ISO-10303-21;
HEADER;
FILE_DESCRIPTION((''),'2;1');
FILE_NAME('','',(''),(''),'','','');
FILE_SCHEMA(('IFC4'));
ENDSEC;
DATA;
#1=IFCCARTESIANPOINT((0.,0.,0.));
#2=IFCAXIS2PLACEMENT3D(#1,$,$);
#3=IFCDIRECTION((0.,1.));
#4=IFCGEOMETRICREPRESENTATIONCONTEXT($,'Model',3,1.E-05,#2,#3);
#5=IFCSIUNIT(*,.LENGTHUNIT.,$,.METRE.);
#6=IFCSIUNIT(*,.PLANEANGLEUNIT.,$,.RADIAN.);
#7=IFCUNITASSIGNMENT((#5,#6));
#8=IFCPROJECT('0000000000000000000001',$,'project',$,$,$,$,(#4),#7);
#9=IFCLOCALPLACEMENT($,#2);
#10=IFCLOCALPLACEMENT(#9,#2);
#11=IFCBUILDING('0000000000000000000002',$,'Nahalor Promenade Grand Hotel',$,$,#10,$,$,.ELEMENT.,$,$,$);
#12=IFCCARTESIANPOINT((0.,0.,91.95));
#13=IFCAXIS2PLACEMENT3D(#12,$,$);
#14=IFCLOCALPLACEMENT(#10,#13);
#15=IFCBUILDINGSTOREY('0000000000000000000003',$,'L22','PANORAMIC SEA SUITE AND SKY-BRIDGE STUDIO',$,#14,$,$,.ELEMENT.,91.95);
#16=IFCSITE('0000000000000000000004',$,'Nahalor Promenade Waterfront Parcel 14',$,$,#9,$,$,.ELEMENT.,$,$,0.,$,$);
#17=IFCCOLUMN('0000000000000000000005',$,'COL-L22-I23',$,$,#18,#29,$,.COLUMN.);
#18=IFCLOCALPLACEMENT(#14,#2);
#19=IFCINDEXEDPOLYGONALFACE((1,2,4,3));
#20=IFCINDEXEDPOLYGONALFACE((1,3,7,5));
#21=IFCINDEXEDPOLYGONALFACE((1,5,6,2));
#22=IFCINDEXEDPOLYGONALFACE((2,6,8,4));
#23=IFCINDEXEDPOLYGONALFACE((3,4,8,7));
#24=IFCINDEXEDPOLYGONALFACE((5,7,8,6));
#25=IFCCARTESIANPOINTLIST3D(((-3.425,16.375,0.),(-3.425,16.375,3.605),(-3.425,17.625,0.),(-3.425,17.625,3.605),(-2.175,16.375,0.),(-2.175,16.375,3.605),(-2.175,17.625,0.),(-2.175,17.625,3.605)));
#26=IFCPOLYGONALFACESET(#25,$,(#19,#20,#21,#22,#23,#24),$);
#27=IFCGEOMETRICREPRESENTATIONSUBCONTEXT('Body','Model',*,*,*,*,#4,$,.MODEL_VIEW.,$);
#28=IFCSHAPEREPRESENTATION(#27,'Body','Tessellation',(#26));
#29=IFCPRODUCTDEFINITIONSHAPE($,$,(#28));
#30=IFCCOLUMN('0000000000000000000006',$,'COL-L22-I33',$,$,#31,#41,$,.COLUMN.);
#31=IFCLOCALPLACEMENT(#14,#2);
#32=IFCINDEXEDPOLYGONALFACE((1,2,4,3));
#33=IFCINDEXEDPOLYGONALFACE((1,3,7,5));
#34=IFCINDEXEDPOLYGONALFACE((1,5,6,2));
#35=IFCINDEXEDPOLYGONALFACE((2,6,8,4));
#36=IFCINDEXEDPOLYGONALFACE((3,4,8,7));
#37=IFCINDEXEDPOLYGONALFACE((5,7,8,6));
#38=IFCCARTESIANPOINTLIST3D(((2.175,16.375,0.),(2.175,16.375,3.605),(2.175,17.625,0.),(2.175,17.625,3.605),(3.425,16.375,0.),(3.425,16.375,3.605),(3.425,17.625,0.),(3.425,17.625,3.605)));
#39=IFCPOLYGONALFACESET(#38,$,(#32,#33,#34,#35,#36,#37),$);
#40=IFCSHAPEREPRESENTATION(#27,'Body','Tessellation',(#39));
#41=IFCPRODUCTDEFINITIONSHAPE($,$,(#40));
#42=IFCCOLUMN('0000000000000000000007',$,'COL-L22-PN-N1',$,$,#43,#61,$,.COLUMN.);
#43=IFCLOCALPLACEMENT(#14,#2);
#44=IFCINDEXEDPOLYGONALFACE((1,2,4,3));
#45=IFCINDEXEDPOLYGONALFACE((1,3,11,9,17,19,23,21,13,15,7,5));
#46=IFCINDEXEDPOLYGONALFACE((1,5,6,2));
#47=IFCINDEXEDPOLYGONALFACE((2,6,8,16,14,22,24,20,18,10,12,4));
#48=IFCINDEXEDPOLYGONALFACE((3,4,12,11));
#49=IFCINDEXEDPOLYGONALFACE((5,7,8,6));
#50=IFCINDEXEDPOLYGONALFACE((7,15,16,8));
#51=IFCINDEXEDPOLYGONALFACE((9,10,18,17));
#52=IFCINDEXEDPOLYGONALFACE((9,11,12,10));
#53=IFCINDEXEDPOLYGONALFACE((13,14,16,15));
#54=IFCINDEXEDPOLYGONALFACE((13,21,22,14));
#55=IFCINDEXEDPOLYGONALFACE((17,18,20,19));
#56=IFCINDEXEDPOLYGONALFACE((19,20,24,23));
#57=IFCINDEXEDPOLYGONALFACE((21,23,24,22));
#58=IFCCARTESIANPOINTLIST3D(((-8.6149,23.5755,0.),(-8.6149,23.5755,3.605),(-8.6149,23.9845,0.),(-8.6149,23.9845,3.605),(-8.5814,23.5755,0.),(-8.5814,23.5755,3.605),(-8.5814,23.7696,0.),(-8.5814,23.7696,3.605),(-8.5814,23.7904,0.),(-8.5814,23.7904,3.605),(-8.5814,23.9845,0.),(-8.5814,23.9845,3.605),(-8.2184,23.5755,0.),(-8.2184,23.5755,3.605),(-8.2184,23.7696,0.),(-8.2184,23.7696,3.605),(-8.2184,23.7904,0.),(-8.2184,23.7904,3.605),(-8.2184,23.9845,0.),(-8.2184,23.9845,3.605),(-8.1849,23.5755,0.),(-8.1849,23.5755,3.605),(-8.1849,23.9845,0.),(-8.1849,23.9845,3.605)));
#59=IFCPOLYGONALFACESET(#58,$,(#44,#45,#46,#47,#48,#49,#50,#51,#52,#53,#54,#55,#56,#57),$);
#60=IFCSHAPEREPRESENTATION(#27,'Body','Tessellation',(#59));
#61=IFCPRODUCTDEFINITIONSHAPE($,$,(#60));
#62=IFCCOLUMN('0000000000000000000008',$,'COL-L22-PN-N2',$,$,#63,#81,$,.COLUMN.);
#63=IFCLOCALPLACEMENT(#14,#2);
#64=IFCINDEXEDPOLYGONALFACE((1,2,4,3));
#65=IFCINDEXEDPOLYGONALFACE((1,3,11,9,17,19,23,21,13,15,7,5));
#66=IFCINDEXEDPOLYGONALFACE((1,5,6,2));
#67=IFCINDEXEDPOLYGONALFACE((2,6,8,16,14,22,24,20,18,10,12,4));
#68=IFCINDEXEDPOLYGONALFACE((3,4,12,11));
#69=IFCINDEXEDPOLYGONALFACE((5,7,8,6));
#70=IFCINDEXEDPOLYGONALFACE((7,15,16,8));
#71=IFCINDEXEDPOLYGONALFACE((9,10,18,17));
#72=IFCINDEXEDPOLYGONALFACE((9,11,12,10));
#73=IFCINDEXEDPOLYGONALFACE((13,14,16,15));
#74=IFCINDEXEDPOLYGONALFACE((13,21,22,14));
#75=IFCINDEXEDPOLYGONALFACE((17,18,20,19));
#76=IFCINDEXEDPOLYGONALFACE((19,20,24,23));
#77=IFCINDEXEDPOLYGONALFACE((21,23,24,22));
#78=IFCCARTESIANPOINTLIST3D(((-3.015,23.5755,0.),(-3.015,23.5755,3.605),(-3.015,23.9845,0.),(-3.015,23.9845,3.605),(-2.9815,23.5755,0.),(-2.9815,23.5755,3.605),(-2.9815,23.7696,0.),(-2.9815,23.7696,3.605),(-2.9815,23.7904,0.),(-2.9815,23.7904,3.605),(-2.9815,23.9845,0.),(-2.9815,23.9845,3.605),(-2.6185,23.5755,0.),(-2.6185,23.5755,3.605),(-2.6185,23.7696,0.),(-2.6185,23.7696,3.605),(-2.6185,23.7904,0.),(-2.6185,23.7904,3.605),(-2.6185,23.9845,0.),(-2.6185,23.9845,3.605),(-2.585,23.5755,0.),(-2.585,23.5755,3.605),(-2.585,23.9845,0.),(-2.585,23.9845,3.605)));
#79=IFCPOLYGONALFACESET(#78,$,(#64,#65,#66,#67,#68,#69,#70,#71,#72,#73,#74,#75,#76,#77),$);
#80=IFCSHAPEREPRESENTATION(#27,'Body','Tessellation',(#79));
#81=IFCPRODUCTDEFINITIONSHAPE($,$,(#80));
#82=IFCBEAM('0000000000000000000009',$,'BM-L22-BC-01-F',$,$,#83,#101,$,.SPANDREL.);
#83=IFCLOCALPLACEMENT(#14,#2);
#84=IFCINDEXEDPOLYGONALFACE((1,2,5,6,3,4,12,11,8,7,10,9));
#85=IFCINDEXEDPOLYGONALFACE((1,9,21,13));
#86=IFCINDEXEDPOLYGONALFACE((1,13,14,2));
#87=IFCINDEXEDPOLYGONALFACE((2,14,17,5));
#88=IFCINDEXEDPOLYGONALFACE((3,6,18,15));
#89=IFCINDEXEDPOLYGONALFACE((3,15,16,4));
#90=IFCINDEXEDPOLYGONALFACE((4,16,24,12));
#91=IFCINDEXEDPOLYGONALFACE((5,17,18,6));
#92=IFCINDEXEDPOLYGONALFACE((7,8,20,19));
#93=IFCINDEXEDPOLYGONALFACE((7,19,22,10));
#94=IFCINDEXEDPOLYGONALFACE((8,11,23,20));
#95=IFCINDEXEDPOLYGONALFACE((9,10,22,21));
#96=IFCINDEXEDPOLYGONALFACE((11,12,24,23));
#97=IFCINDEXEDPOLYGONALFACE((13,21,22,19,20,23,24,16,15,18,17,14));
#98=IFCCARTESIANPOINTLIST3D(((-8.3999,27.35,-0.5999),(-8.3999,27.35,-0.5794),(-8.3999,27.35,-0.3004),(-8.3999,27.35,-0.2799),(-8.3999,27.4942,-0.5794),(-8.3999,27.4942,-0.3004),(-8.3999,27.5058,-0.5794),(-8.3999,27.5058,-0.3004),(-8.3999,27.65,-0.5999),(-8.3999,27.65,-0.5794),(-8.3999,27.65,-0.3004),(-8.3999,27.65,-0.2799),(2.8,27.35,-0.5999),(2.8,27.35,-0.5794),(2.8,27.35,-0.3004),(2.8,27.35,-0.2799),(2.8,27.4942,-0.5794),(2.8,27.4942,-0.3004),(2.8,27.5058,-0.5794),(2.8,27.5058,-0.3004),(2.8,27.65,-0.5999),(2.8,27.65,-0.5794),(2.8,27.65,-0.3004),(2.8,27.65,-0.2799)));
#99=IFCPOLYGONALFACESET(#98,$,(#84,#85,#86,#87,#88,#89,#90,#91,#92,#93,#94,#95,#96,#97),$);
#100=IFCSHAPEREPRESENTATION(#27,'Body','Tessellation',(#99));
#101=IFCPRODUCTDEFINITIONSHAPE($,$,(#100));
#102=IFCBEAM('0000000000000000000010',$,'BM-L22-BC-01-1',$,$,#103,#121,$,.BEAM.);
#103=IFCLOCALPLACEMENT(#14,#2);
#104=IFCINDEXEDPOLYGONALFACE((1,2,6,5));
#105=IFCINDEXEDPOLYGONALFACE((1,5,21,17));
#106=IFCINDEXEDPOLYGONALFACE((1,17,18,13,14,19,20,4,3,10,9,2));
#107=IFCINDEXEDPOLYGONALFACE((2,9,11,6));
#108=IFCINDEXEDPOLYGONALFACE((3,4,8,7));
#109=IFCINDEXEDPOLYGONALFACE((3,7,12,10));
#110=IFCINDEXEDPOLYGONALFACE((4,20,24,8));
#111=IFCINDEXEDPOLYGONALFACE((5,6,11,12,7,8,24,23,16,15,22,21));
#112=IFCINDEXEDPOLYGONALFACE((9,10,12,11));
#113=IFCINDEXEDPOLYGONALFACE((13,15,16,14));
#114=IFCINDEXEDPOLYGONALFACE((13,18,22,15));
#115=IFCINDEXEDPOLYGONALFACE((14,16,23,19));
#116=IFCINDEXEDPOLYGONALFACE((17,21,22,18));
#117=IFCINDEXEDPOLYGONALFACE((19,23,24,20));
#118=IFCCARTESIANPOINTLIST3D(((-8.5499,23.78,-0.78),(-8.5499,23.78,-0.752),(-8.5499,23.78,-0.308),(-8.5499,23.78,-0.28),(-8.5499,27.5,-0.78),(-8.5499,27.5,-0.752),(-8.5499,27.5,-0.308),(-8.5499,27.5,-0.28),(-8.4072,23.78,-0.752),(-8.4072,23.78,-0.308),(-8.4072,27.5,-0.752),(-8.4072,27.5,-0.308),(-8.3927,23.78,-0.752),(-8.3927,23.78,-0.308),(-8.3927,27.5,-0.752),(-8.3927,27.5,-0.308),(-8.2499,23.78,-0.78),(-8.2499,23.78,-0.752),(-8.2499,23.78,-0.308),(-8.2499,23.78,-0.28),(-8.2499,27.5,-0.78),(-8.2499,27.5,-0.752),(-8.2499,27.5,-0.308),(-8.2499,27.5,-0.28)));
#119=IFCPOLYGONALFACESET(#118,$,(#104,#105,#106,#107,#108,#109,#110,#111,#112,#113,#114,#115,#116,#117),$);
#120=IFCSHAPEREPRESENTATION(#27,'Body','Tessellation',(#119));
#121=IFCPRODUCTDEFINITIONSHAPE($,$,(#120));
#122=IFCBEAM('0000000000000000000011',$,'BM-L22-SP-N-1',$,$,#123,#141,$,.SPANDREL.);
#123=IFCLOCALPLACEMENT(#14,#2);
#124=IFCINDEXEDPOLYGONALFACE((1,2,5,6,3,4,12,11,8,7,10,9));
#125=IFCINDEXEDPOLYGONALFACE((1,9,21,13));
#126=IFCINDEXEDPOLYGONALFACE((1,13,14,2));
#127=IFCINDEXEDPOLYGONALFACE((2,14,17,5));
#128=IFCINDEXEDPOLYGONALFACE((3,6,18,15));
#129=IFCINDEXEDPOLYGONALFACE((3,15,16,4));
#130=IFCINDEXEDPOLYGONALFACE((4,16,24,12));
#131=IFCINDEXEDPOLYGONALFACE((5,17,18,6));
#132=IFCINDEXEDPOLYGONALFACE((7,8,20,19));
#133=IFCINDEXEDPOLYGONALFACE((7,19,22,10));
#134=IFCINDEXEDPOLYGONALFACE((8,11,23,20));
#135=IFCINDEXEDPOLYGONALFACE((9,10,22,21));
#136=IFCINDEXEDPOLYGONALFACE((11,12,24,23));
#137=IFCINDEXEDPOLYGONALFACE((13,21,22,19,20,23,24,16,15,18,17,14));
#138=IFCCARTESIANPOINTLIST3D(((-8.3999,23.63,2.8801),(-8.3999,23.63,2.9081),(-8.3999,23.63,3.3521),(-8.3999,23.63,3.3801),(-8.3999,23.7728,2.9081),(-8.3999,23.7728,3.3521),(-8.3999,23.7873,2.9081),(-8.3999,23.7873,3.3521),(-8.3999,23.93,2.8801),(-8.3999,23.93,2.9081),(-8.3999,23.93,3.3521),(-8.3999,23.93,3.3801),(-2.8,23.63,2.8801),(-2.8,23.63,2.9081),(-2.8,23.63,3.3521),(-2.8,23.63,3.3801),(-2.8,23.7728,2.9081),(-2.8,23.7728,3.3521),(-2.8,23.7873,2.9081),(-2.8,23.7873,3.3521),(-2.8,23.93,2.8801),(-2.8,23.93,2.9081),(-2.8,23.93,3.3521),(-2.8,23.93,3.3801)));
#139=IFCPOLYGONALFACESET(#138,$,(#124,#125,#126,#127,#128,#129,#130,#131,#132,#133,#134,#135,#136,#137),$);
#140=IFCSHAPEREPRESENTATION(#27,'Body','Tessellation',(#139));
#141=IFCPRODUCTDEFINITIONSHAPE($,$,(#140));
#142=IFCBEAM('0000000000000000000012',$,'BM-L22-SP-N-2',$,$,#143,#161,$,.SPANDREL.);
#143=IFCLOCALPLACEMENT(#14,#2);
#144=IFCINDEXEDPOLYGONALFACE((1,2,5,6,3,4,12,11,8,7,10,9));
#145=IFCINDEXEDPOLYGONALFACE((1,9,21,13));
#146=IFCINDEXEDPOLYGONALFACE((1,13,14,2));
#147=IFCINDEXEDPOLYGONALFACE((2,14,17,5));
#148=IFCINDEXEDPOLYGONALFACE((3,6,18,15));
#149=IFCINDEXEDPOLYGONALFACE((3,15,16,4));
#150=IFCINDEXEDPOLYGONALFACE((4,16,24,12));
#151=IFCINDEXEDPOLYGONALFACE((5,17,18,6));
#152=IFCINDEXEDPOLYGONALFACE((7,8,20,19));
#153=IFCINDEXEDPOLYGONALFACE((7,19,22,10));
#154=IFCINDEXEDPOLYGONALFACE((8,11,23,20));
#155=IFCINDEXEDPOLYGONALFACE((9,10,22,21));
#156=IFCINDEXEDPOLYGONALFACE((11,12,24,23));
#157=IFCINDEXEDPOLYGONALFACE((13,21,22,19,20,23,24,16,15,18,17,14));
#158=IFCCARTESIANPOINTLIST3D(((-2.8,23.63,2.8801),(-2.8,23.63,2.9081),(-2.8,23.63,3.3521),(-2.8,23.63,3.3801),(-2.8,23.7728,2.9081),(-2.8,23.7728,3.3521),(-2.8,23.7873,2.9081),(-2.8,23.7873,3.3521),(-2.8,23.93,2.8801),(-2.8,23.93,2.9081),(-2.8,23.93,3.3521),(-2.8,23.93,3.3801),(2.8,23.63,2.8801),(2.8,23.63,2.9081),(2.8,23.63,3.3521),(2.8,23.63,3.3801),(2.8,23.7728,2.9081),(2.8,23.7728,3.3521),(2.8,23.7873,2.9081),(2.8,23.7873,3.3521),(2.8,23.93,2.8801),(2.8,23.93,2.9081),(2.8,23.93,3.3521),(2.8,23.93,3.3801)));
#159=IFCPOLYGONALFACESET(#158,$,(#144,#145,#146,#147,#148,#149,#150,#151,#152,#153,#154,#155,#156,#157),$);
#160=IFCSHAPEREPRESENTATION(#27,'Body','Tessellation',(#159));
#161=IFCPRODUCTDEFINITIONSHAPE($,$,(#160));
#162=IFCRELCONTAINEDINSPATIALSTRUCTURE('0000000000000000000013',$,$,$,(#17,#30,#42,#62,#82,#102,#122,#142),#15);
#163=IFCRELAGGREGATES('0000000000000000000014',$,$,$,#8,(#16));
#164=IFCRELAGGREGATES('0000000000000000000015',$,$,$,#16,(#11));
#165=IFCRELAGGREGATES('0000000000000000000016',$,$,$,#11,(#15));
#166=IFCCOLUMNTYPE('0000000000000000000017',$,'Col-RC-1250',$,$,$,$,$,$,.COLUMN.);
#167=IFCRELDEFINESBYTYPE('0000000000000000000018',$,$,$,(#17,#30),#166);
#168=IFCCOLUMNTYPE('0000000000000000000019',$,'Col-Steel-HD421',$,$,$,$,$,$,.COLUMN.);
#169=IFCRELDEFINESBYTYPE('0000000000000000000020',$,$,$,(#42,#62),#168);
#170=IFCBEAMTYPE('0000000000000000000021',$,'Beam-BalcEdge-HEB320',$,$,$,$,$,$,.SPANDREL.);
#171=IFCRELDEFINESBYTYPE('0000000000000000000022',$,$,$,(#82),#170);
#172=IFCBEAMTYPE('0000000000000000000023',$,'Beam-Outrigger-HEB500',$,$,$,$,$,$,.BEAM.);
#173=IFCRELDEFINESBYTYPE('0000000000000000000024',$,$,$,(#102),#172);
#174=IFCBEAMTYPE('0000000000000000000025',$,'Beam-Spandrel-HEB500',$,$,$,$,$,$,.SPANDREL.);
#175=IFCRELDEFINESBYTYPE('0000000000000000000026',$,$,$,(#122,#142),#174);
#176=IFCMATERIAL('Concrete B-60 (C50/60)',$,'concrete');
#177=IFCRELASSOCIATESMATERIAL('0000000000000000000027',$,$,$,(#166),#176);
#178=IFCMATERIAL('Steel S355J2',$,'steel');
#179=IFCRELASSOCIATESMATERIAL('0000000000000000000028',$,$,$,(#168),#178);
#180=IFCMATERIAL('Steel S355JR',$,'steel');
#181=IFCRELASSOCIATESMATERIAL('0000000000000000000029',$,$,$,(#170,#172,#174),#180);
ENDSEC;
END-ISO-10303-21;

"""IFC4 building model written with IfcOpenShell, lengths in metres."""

from ifc_helpers import new_model, si_unit, direction, frame, origin, origin_2d, place, context, subcontext, project, spatial, rectangle, i_section, extrude, source, transform, mapped, material, material_profile, profile_set, type_object, element, save


model = new_model("IFC4")

# Units and contexts
model_context = context("Model", 3, precision=1e-05, world=origin(), true_north=direction((0.0, 1.0)))
body_context = subcontext(model_context, "Body", "Model", "MODEL_VIEW")
ifc_project = project(units=[si_unit("LENGTHUNIT", "METRE"), si_unit("PLANEANGLEUNIT", "RADIAN")], contexts=[model_context])

# Site, building, storey
site_placement = place(None, origin())
site = spatial("IfcSite", under=ifc_project, at=site_placement, Name="Nahalor Promenade Waterfront Parcel 14", CompositionType="ELEMENT", RefElevation=0.0)
building_placement = place(site_placement, origin())
building = spatial("IfcBuilding", under=site, at=building_placement, Name="Nahalor Promenade Grand Hotel", CompositionType="ELEMENT")
storey_placement = place(building_placement, frame((0.0, 0.0, 91.95)))
storey = spatial("IfcBuildingStorey", under=building, at=storey_placement, Name="L22", Description="PANORAMIC SEA SUITE AND SKY-BRIDGE STUDIO", CompositionType="ELEMENT", Elevation=91.95)

# Columns
ifc_material_1 = material(Name="Concrete B-60 (C50/60)", Category="concrete")
ifc_material_profile_1 = material_profile(ifc_material_1, rectangle(XDim=1.25, YDim=1.25, at=origin_2d()), Name="RC 1250x1250")
ifc_profile_set_1 = profile_set([ifc_material_profile_1], Name="Concrete B-60 (C50/60)")
column_type_1 = type_object("IfcColumnType", Name="Col-RC-1250", PredefinedType="COLUMN", material=ifc_profile_set_1)
shared_shape_1 = source(origin(), body_context, "Body", "SweptSolid", [
    extrude(rectangle(XDim=1.25, YDim=1.25, at=origin_2d()), origin(), (0.0, 0.0, 1.0), 3.605),
])
for number, where, z_axis, x_axis, name in (
    (1, (-2.8, 17.0, 0.0), (0.0, 0.0, 1.0), (1.0, 0.0, 0.0), "COL-L22-I23"),
    (2, (2.8, 17.0, 0.0), (0.0, 0.0, 1.0), (1.0, 0.0, 0.0), "COL-L22-I33"),
):
    element("IfcColumn", number, at=place(storey_placement, frame(where, z_axis=z_axis, x_axis=x_axis)), inside=storey, type_object=column_type_1, Name=name, PredefinedType="COLUMN", context=body_context, shape_type="MappedRepresentation", body=[
        mapped(shared_shape_1, transform((0.0, 0.0, 0.0), scale=1.0)),
    ])
ifc_material_2 = material(Name="Steel S355J2", Category="steel")
ifc_material_profile_2 = material_profile(ifc_material_2, i_section(OverallWidth=0.409, OverallDepth=0.43, WebThickness=0.0208, FlangeThickness=0.0335, at=origin_2d()), Name="HD 400x421")
ifc_profile_set_2 = profile_set([ifc_material_profile_2], Name="Steel S355J2")
column_type_2 = type_object("IfcColumnType", Name="Col-Steel-HD421", PredefinedType="COLUMN", material=ifc_profile_set_2)
shared_shape_2 = source(origin(), body_context, "Body", "SweptSolid", [
    extrude(i_section(OverallWidth=0.409, OverallDepth=0.43, WebThickness=0.0208, FlangeThickness=0.0335, at=origin_2d()), origin(), (0.0, 0.0, 1.0), 3.605),
])
for number, where, z_axis, x_axis, name in (
    (3, (-8.3999, 23.78, 0.0), (0.0, 0.0, 1.0), (0.0, 1.0, 0.0), "COL-L22-PN-N1"),
    (4, (-2.8, 23.78, 0.0), (0.0, 0.0, 1.0), (0.0, 1.0, 0.0), "COL-L22-PN-N2"),
):
    element("IfcColumn", number, at=place(storey_placement, frame(where, z_axis=z_axis, x_axis=x_axis)), inside=storey, type_object=column_type_2, Name=name, PredefinedType="COLUMN", context=body_context, shape_type="MappedRepresentation", body=[
        mapped(shared_shape_2, transform((0.0, 0.0, 0.0), scale=1.0)),
    ])

# Beams
ifc_material_3 = material(Name="Steel S355JR", Category="steel")
ifc_material_profile_3 = material_profile(ifc_material_3, i_section(OverallWidth=0.3, OverallDepth=0.32, WebThickness=0.0115, FlangeThickness=0.0205, at=origin_2d()), Name="HEB 320")
ifc_profile_set_3 = profile_set([ifc_material_profile_3], Name="Steel S355JR")
beam_type_1 = type_object("IfcBeamType", Name="Beam-BalcEdge-HEB320", PredefinedType="SPANDREL", material=ifc_profile_set_3)
shared_shape_3 = source(origin(), body_context, "Body", "SweptSolid", [
    extrude(i_section(OverallWidth=0.3, OverallDepth=0.32, WebThickness=0.0115, FlangeThickness=0.0205, at=origin_2d()), origin(), (0.0, 0.0, 1.0), 11.2),
])
beam_1_placement = place(storey_placement, frame((-8.3999, 27.5, -0.4399), z_axis=(1.0, 0.0, 0.0), x_axis=(0.0, 1.0, 0.0)))
element("IfcBeam", 5, at=beam_1_placement, inside=storey, type_object=beam_type_1, Name="BM-L22-BC-01-F", PredefinedType="SPANDREL", context=body_context, shape_type="MappedRepresentation", body=[
    mapped(shared_shape_3, transform((0.0, 0.0, 0.0), scale=1.0)),
])
ifc_material_profile_4 = material_profile(ifc_material_3, i_section(OverallWidth=0.3, OverallDepth=0.5, WebThickness=0.0145, FlangeThickness=0.028, at=origin_2d()), Name="HEB 500")
ifc_profile_set_4 = profile_set([ifc_material_profile_4], Name="Steel S355JR")
beam_type_2 = type_object("IfcBeamType", Name="Beam-Outrigger-HEB500", PredefinedType="BEAM", material=ifc_profile_set_4)
shared_shape_4 = source(origin(), body_context, "Body", "SweptSolid", [
    extrude(i_section(OverallWidth=0.3, OverallDepth=0.5, WebThickness=0.0145, FlangeThickness=0.028, at=origin_2d()), origin(), (0.0, 0.0, 1.0), 3.72),
])
beam_2_placement = place(storey_placement, frame((-8.3999, 23.78, -0.53), z_axis=(0.0, 1.0, 0.0), x_axis=(-1.0, 0.0, 0.0)))
element("IfcBeam", 6, at=beam_2_placement, inside=storey, type_object=beam_type_2, Name="BM-L22-BC-01-1", PredefinedType="BEAM", context=body_context, shape_type="MappedRepresentation", body=[
    mapped(shared_shape_4, transform((0.0, 0.0, 0.0), scale=1.0)),
])
ifc_material_profile_5 = material_profile(ifc_material_3, i_section(OverallWidth=0.3, OverallDepth=0.5, WebThickness=0.0145, FlangeThickness=0.028, at=origin_2d()), Name="HEB 500")
ifc_profile_set_5 = profile_set([ifc_material_profile_5], Name="Steel S355JR")
beam_type_3 = type_object("IfcBeamType", Name="Beam-Spandrel-HEB500", PredefinedType="SPANDREL", material=ifc_profile_set_5)
shared_shape_5 = source(origin(), body_context, "Body", "SweptSolid", [
    extrude(i_section(OverallWidth=0.3, OverallDepth=0.5, WebThickness=0.0145, FlangeThickness=0.028, at=origin_2d()), origin(), (0.0, 0.0, 1.0), 5.5999),
])
beam_3_placement = place(storey_placement, frame((-8.3999, 23.78, 3.1301), z_axis=(1.0, 0.0, 0.0), x_axis=(0.0, 1.0, 0.0)))
element("IfcBeam", 7, at=beam_3_placement, inside=storey, type_object=beam_type_3, Name="BM-L22-SP-N-1", PredefinedType="SPANDREL", context=body_context, shape_type="MappedRepresentation", body=[
    mapped(shared_shape_5, transform((0.0, 0.0, 0.0), scale=1.0)),
])
shared_shape_6 = source(origin(), body_context, "Body", "SweptSolid", [
    extrude(i_section(OverallWidth=0.3, OverallDepth=0.5, WebThickness=0.0145, FlangeThickness=0.028, at=origin_2d()), origin(), (0.0, 0.0, 1.0), 5.6001),
])
beam_4_placement = place(storey_placement, frame((-2.8, 23.78, 3.1301), z_axis=(1.0, 0.0, 0.0), x_axis=(0.0, 1.0, 0.0)))
element("IfcBeam", 8, at=beam_4_placement, inside=storey, type_object=beam_type_3, Name="BM-L22-SP-N-2", PredefinedType="SPANDREL", context=body_context, shape_type="MappedRepresentation", body=[
    mapped(shared_shape_6, transform((0.0, 0.0, 0.0), scale=1.0)),
])

save(model, "model.ifc")
